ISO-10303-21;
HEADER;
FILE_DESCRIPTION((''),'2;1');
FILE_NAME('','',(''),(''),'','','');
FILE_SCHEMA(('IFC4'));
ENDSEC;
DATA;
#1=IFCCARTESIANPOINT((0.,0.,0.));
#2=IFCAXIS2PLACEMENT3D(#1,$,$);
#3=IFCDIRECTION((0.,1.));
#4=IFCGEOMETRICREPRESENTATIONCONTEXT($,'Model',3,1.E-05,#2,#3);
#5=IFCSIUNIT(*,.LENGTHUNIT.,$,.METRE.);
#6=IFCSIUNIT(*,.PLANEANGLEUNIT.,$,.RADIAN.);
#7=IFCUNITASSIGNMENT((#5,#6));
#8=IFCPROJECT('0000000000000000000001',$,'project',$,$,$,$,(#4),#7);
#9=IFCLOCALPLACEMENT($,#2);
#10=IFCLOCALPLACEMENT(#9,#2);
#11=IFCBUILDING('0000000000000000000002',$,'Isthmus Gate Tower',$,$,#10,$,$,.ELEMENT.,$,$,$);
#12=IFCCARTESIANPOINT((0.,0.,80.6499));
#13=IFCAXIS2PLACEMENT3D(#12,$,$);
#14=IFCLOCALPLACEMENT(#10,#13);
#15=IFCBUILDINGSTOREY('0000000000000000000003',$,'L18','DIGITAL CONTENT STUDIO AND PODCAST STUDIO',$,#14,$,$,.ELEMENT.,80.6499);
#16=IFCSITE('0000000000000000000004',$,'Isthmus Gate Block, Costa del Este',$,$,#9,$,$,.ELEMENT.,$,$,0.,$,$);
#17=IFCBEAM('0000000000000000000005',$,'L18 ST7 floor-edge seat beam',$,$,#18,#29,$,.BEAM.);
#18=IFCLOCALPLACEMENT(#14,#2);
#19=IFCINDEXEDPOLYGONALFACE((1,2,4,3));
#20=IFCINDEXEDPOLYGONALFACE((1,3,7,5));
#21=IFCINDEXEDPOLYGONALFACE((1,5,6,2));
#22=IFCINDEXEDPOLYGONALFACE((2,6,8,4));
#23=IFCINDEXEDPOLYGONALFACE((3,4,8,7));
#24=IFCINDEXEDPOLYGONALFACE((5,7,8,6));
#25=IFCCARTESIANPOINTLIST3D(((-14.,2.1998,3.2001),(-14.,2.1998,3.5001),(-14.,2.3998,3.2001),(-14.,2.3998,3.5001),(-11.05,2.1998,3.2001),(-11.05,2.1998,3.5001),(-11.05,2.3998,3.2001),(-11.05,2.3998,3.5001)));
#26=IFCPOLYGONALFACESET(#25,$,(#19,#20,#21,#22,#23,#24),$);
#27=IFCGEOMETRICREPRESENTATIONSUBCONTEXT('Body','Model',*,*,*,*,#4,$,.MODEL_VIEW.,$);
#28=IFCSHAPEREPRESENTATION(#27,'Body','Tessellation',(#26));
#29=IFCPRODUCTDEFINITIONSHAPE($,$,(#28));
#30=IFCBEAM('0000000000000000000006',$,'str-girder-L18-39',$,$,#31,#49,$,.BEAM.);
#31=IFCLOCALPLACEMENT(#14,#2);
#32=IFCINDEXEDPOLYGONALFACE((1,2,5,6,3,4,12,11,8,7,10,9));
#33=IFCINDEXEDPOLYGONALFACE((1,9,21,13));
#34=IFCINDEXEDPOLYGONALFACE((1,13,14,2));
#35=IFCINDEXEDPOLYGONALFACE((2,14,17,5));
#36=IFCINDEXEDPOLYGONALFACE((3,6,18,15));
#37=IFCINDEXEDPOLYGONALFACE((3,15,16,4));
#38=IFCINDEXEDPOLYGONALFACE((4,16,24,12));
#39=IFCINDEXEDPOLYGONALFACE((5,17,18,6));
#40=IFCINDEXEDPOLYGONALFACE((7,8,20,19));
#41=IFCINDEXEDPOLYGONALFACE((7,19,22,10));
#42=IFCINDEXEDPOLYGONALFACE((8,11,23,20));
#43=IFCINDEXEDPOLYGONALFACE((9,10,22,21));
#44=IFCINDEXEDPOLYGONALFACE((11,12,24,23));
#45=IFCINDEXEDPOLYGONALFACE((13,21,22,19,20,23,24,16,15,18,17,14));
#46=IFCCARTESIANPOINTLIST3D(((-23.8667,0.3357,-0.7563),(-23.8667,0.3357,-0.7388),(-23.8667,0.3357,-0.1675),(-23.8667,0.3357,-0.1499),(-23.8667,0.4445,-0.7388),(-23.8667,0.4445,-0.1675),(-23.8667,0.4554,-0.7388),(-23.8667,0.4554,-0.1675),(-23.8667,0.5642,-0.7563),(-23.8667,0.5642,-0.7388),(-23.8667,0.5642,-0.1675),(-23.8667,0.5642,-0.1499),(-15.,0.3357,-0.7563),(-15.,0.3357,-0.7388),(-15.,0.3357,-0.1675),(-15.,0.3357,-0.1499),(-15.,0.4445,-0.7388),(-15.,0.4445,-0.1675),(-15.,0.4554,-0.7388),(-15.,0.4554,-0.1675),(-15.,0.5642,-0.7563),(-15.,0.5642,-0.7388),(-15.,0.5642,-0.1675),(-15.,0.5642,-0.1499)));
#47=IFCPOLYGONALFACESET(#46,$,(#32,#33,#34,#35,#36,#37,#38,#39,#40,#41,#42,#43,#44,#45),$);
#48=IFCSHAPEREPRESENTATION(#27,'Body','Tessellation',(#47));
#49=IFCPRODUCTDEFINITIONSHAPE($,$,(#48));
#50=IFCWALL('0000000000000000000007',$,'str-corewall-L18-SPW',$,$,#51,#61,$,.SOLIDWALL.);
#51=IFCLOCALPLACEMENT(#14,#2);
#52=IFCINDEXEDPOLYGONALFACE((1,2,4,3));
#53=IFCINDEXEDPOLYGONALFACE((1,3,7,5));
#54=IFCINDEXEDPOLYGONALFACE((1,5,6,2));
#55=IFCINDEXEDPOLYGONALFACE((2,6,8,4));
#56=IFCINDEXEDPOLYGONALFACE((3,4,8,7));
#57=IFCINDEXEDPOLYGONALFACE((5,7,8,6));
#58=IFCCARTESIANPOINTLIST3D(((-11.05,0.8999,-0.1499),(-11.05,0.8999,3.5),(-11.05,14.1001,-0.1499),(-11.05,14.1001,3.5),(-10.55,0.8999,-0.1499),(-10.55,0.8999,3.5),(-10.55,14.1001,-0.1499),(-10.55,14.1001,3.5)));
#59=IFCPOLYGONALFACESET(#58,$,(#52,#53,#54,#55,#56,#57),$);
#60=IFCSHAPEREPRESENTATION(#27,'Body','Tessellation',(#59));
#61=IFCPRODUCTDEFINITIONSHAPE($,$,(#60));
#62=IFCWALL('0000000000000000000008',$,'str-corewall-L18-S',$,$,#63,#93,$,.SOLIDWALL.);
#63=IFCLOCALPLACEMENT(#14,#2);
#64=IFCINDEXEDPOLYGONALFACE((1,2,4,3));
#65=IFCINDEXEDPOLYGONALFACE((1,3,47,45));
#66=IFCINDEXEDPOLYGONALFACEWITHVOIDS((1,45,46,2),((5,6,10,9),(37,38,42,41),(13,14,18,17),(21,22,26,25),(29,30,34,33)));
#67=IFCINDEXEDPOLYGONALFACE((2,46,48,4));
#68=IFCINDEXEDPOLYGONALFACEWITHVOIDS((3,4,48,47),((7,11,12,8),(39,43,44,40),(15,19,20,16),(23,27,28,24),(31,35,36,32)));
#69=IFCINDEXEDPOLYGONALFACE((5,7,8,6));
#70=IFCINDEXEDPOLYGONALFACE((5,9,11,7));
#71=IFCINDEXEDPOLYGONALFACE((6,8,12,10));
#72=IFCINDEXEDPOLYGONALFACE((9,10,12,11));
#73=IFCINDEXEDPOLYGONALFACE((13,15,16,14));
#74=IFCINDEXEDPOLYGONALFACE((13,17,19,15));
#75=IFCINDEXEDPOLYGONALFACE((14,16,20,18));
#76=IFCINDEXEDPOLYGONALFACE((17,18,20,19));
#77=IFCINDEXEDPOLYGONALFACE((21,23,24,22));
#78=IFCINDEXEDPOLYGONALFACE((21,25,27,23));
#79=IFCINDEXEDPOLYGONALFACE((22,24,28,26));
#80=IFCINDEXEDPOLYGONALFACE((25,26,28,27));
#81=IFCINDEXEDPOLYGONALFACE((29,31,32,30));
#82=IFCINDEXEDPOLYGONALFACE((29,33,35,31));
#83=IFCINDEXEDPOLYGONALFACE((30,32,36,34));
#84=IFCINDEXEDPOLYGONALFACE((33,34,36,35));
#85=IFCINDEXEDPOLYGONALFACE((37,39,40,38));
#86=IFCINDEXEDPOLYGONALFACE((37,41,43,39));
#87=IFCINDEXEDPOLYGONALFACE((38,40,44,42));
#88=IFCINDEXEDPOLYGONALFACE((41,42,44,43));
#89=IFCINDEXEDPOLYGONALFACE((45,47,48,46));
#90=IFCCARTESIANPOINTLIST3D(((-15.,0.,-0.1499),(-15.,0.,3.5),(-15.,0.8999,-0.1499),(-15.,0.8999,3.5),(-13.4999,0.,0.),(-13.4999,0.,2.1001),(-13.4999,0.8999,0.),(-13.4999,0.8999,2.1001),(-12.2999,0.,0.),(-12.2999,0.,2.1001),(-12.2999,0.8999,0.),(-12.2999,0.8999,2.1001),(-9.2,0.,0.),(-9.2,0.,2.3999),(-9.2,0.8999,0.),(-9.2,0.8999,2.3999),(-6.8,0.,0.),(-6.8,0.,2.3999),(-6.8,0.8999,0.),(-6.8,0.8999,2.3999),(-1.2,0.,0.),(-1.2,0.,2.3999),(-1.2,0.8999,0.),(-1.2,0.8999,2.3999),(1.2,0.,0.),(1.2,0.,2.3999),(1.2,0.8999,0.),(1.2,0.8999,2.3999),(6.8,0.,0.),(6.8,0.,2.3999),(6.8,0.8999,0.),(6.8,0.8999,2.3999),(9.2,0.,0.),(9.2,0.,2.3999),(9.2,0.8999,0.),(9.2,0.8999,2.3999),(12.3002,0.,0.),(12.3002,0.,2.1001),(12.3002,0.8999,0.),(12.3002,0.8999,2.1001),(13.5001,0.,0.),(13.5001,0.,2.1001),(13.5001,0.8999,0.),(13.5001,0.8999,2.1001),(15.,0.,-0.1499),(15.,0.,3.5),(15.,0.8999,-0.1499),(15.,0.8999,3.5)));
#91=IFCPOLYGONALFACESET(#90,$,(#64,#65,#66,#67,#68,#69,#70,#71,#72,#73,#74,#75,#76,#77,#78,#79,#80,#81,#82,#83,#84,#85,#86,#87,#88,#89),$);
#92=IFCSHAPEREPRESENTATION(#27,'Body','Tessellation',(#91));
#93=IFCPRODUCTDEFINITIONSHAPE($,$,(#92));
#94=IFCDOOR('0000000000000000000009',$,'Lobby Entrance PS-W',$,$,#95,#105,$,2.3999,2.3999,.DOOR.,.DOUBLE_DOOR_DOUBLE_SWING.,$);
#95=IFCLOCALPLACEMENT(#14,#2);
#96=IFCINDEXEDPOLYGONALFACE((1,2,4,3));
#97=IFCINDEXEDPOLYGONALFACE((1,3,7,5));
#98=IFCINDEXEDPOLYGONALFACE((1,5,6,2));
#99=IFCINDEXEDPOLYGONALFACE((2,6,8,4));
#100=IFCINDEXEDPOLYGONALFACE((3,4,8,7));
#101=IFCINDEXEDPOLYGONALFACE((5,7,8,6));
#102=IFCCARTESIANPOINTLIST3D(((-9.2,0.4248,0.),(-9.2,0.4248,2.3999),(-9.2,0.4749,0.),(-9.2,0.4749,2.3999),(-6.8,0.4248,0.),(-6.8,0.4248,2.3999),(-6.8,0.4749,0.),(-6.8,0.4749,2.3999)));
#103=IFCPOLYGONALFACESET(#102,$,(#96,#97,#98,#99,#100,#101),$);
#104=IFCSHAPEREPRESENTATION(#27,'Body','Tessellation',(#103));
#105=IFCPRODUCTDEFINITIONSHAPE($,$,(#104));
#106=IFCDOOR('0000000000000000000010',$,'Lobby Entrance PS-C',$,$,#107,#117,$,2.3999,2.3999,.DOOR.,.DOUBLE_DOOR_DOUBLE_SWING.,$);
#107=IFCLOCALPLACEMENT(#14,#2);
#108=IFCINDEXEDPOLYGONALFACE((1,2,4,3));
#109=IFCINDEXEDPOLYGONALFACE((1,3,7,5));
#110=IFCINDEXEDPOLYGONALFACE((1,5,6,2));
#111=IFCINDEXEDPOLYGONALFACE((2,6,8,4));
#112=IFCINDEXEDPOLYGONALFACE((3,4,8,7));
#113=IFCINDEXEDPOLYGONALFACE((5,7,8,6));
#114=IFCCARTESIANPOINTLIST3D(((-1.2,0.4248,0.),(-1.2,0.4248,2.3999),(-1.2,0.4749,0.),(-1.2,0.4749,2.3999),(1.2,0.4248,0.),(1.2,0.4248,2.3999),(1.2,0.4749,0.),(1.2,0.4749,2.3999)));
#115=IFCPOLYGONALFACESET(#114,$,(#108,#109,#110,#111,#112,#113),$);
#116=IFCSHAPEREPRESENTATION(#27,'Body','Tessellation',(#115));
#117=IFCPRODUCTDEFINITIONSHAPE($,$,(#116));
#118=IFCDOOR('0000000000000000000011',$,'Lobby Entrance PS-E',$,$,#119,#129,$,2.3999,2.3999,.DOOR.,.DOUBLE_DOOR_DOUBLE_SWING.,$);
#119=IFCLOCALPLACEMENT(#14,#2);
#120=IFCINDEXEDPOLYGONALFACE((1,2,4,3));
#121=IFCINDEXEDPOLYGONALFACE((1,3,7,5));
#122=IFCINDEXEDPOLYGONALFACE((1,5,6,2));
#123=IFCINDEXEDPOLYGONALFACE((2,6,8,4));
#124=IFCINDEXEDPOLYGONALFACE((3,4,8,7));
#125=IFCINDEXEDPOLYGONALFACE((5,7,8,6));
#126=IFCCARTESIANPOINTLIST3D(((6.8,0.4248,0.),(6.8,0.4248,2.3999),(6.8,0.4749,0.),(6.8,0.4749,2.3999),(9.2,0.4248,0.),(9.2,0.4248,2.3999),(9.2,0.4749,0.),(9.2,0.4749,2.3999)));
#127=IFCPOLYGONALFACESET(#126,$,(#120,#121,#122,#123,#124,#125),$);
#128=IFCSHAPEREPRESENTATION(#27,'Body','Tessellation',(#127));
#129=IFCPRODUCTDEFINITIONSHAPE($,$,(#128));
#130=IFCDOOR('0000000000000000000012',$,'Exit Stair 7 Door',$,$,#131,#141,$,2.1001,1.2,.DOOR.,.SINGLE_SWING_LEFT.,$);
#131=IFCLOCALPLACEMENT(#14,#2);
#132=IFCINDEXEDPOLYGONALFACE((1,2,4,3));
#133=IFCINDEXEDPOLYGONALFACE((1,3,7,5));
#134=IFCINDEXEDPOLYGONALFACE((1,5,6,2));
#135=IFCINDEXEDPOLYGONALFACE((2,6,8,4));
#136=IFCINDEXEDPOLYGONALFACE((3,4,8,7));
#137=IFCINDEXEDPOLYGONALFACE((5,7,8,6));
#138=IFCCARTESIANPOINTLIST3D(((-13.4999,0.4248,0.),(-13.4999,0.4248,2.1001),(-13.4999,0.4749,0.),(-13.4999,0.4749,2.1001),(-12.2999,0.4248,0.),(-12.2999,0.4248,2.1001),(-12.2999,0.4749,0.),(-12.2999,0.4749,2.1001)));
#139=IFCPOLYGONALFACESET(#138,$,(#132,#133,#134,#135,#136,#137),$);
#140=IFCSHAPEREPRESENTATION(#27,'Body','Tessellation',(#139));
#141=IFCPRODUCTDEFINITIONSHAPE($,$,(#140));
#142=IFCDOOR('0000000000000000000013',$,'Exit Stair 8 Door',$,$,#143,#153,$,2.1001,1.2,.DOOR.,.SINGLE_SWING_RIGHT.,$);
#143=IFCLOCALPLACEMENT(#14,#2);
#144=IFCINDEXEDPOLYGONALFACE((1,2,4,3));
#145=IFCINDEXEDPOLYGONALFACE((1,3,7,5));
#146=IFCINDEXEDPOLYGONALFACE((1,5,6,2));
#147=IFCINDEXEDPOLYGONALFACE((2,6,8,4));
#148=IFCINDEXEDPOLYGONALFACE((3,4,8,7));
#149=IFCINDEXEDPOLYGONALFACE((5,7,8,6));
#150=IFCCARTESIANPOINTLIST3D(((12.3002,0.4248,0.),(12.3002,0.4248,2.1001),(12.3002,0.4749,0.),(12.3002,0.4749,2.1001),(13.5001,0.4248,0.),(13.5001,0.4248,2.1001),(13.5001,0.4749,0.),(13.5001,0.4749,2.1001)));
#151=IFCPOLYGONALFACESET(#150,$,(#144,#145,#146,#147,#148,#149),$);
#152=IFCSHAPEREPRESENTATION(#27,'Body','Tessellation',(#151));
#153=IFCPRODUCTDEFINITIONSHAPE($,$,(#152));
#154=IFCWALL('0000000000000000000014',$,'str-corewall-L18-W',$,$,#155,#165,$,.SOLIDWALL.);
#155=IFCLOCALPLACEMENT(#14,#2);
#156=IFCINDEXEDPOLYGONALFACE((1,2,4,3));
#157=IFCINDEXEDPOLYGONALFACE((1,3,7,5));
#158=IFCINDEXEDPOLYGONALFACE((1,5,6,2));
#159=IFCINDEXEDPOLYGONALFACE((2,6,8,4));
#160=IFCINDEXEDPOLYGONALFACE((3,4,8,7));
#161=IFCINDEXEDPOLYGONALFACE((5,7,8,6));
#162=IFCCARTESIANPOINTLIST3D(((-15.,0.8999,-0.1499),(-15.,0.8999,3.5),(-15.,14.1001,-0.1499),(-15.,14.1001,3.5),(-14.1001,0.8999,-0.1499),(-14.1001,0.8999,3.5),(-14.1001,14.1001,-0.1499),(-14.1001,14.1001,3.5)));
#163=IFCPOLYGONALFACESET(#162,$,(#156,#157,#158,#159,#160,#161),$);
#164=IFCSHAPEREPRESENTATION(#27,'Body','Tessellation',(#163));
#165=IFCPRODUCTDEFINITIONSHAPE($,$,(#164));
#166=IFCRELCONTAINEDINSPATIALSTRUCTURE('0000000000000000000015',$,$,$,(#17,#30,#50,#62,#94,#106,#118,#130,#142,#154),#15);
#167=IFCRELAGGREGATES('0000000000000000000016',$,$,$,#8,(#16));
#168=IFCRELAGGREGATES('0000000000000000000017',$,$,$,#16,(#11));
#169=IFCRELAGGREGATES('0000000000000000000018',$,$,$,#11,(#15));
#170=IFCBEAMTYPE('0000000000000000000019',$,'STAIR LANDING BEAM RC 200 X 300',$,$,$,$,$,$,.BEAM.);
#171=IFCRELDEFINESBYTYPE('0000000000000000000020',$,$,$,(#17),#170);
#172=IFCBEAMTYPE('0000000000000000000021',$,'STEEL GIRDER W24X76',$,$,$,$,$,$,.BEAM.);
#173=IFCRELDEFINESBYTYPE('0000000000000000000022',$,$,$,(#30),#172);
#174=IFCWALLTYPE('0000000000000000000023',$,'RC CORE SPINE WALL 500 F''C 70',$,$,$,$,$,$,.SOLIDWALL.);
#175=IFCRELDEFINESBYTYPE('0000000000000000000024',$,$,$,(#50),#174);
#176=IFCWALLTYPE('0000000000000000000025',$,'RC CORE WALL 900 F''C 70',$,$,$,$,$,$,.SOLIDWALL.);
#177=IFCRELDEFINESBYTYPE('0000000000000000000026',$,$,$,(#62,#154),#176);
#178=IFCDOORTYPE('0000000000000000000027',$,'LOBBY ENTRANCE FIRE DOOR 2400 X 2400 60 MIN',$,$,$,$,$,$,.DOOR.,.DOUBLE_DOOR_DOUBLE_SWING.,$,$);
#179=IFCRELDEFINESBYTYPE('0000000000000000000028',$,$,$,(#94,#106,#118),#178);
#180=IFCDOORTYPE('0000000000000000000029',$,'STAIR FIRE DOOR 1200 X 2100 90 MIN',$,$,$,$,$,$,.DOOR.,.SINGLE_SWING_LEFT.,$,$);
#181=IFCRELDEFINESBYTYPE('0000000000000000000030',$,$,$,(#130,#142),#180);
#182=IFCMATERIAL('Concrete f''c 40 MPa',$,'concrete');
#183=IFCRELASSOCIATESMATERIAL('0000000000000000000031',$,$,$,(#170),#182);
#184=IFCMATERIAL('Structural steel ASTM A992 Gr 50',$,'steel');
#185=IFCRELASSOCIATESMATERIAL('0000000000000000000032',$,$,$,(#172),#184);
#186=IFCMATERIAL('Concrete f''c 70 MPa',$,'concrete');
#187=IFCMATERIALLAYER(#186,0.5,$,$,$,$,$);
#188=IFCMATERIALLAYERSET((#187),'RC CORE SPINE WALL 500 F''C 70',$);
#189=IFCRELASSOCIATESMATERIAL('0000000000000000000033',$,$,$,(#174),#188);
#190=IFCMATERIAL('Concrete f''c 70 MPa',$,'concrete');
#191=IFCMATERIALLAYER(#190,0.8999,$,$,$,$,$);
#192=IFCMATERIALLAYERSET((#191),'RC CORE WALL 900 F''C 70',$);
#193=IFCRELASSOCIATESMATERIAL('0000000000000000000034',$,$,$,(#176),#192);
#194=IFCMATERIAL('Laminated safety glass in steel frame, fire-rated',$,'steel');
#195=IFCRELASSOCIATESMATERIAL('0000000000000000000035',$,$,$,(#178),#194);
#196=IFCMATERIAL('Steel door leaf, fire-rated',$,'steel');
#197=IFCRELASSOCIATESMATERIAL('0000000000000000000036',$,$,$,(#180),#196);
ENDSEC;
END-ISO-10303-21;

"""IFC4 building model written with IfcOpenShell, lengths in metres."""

from ifc_helpers import new_model, si_unit, direction, frame, frame_2d, origin, origin_2d, place, context, subcontext, project, spatial, rectangle, i_section, extrude, material, layer, layer_set, material_profile, profile_set, type_object, element, fill, save


model = new_model("IFC4")

# Units and contexts
model_context = context("Model", 3, precision=1e-05, world=origin(), true_north=direction((0.0, 1.0)))
body_context = subcontext(model_context, "Body", "Model", "MODEL_VIEW")
ifc_project = project(units=[si_unit("LENGTHUNIT", "METRE"), si_unit("PLANEANGLEUNIT", "RADIAN")], contexts=[model_context])

# Site, building, storey
site_placement = place(None, origin())
site = spatial("IfcSite", under=ifc_project, at=site_placement, Name="Isthmus Gate Block, Costa del Este", CompositionType="ELEMENT", RefElevation=0.0)
building_placement = place(site_placement, origin())
building = spatial("IfcBuilding", under=site, at=building_placement, Name="Isthmus Gate Tower", CompositionType="ELEMENT")
storey_placement = place(building_placement, frame((0.0, 0.0, 80.6499)))
storey = spatial("IfcBuildingStorey", under=building, at=storey_placement, Name="L18", Description="DIGITAL CONTENT STUDIO AND PODCAST STUDIO", CompositionType="ELEMENT", Elevation=80.6499)

# Beams
ifc_material_1 = material(Name="Concrete f'c 40 MPa", Category="concrete")
ifc_material_profile_1 = material_profile(ifc_material_1, rectangle(XDim=0.2, YDim=0.3, at=origin_2d()), Name="STAIR LANDING BEAM RC 200 X 300")
ifc_profile_set_1 = profile_set([ifc_material_profile_1], Name="Concrete f'c 40 MPa")
beam_type_1 = type_object("IfcBeamType", Name="STAIR LANDING BEAM RC 200 X 300", PredefinedType="BEAM", material=ifc_profile_set_1)
beam_1_placement = place(storey_placement, frame((-14.0, 2.2998, 3.3501), z_axis=(1.0, 0.0, 0.0), x_axis=(0.0, 1.0, 0.0)))
element("IfcBeam", 1, at=beam_1_placement, inside=storey, type_object=beam_type_1, Name="L18 ST7 floor-edge seat beam", PredefinedType="BEAM", context=body_context, shape_type="SweptSolid", body=[
    extrude(rectangle(XDim=0.2, YDim=0.3, at=origin_2d()), origin(), (0.0, 0.0, 1.0), 2.95),
])
ifc_material_2 = material(Name="Structural steel ASTM A992 Gr 50", Category="steel")
ifc_material_profile_2 = material_profile(ifc_material_2, i_section(OverallWidth=0.2285, OverallDepth=0.6064, WebThickness=0.011, FlangeThickness=0.0176, at=origin_2d()), Name="W24X76")
ifc_profile_set_2 = profile_set([ifc_material_profile_2], Name="Structural steel ASTM A992 Gr 50")
beam_type_2 = type_object("IfcBeamType", Name="STEEL GIRDER W24X76", PredefinedType="BEAM", material=ifc_profile_set_2)
beam_2_placement = place(storey_placement, frame((-15.0, 0.45, -0.4531), z_axis=(-1.0, 0.0, 0.0), x_axis=(0.0, -1.0, 0.0)))
element("IfcBeam", 2, at=beam_2_placement, inside=storey, type_object=beam_type_2, Name="str-girder-L18-39", PredefinedType="BEAM", context=body_context, shape_type="SweptSolid", body=[
    extrude(i_section(OverallWidth=0.2285, OverallDepth=0.6064, WebThickness=0.011, FlangeThickness=0.0176, at=origin_2d()), origin(), (0.0, 0.0, 1.0), 8.8667),
])

# Wall
ifc_material_3 = material(Name="Concrete f'c 70 MPa", Category="concrete")
ifc_layer_1 = layer(ifc_material_3, 0.5)
ifc_layer_set_1 = layer_set([ifc_layer_1], Name="RC CORE SPINE WALL 500 F'C 70")
wall_type_1 = type_object("IfcWallType", Name="RC CORE SPINE WALL 500 F'C 70", PredefinedType="SOLIDWALL", material=ifc_layer_set_1)
wall_1_placement = place(storey_placement, frame((-10.8, 0.8999, -0.1499), z_axis=(0.0, 0.0, 1.0), x_axis=(0.0, 1.0, 0.0)))
element("IfcWall", 3, at=wall_1_placement, inside=storey, type_object=wall_type_1, Name="str-corewall-L18-SPW", PredefinedType="SOLIDWALL", context=body_context, shape_type="SweptSolid", body=[
    extrude(rectangle(XDim=13.2002, YDim=0.5, at=frame_2d((6.6001, 0.0))), origin(), (0.0, 0.0, 1.0), 3.6499),
])

# Wall, openings, doors
ifc_material_4 = material(Name="Concrete f'c 70 MPa", Category="concrete")
ifc_layer_2 = layer(ifc_material_4, 0.8999)
ifc_layer_set_2 = layer_set([ifc_layer_2], Name="RC CORE WALL 900 F'C 70")
wall_type_2 = type_object("IfcWallType", Name="RC CORE WALL 900 F'C 70", PredefinedType="SOLIDWALL", material=ifc_layer_set_2)
wall_2_placement = place(storey_placement, frame((-15.0, 0.45, -0.1499), z_axis=(0.0, 0.0, 1.0), x_axis=(1.0, 0.0, 0.0)))
wall_2 = element("IfcWall", 4, at=wall_2_placement, inside=storey, type_object=wall_type_2, Name="str-corewall-L18-S", PredefinedType="SOLIDWALL", context=body_context, shape_type="SweptSolid", body=[
    extrude(rectangle(XDim=30.0, YDim=0.8999, at=frame_2d((15.0, 0.0))), origin(), (0.0, 0.0, 1.0), 3.6499),
])
opening_1_placement = place(wall_2_placement, frame((5.8, 0.0, 0.1499)))
opening_1 = element("IfcOpeningElement", 5, at=opening_1_placement, cuts=wall_2, PredefinedType="OPENING", context=body_context, shape_type="SweptSolid", body=[
    extrude(rectangle(XDim=2.3999, YDim=2.3999, at=frame_2d((1.2, 1.2))), frame((0.0, 0.46, 0.0), z_axis=(0.0, -1.0, 0.0), x_axis=(1.0, 0.0, 0.0)), (0.0, 0.0, 1.0), 0.9199),
])
opening_2_placement = place(wall_2_placement, frame((13.8, 0.0, 0.1499)))
opening_2 = element("IfcOpeningElement", 6, at=opening_2_placement, cuts=wall_2, PredefinedType="OPENING", context=body_context, shape_type="SweptSolid", body=[
    extrude(rectangle(XDim=2.3999, YDim=2.3999, at=frame_2d((1.2, 1.2))), frame((0.0, 0.46, 0.0), z_axis=(0.0, -1.0, 0.0), x_axis=(1.0, 0.0, 0.0)), (0.0, 0.0, 1.0), 0.9199),
])
opening_3_placement = place(wall_2_placement, frame((21.8, 0.0, 0.1499)))
opening_3 = element("IfcOpeningElement", 7, at=opening_3_placement, cuts=wall_2, PredefinedType="OPENING", context=body_context, shape_type="SweptSolid", body=[
    extrude(rectangle(XDim=2.3999, YDim=2.3999, at=frame_2d((1.2, 1.2))), frame((0.0, 0.46, 0.0), z_axis=(0.0, -1.0, 0.0), x_axis=(1.0, 0.0, 0.0)), (0.0, 0.0, 1.0), 0.9199),
])
opening_4_placement = place(wall_2_placement, frame((1.5, 0.0, 0.1499)))
opening_4 = element("IfcOpeningElement", 8, at=opening_4_placement, cuts=wall_2, PredefinedType="OPENING", context=body_context, shape_type="SweptSolid", body=[
    extrude(rectangle(XDim=1.2, YDim=2.1001, at=frame_2d((0.6001, 1.05))), frame((0.0, 0.46, 0.0), z_axis=(0.0, -1.0, 0.0), x_axis=(1.0, 0.0, 0.0)), (0.0, 0.0, 1.0), 0.9199),
])
opening_5_placement = place(wall_2_placement, frame((27.3, 0.0, 0.1499)))
opening_5 = element("IfcOpeningElement", 9, at=opening_5_placement, cuts=wall_2, PredefinedType="OPENING", context=body_context, shape_type="SweptSolid", body=[
    extrude(rectangle(XDim=1.2, YDim=2.1001, at=frame_2d((0.6001, 1.05))), frame((0.0, 0.46, 0.0), z_axis=(0.0, -1.0, 0.0), x_axis=(1.0, 0.0, 0.0)), (0.0, 0.0, 1.0), 0.9199),
])
ifc_material_5 = material(Name="Laminated safety glass in steel frame, fire-rated", Category="steel")
door_type_1 = type_object("IfcDoorType", Name="LOBBY ENTRANCE FIRE DOOR 2400 X 2400 60 MIN", OperationType="DOUBLE_DOOR_DOUBLE_SWING", PredefinedType="DOOR", material=ifc_material_5)
door_1_placement = place(opening_1_placement, origin())
door_1 = element("IfcDoor", 10, at=door_1_placement, inside=storey, type_object=door_type_1, Name="Lobby Entrance PS-W", OperationType="DOUBLE_DOOR_DOUBLE_SWING", OverallHeight=2.3999, OverallWidth=2.3999, PredefinedType="DOOR", context=body_context, shape_type="SweptSolid", body=[
    extrude(rectangle(XDim=2.3999, YDim=2.3999, at=frame_2d((1.2, 1.2))), frame((0.0, 0.0249, 0.0), z_axis=(0.0, -1.0, 0.0), x_axis=(1.0, 0.0, 0.0)), (0.0, 0.0, 1.0), 0.05),
])
fill(opening_1, door_1)
door_2_placement = place(opening_2_placement, origin())
door_2 = element("IfcDoor", 11, at=door_2_placement, inside=storey, type_object=door_type_1, Name="Lobby Entrance PS-C", OperationType="DOUBLE_DOOR_DOUBLE_SWING", OverallHeight=2.3999, OverallWidth=2.3999, PredefinedType="DOOR", context=body_context, shape_type="SweptSolid", body=[
    extrude(rectangle(XDim=2.3999, YDim=2.3999, at=frame_2d((1.2, 1.2))), frame((0.0, 0.0249, 0.0), z_axis=(0.0, -1.0, 0.0), x_axis=(1.0, 0.0, 0.0)), (0.0, 0.0, 1.0), 0.05),
])
fill(opening_2, door_2)
door_3_placement = place(opening_3_placement, origin())
door_3 = element("IfcDoor", 12, at=door_3_placement, inside=storey, type_object=door_type_1, Name="Lobby Entrance PS-E", OperationType="DOUBLE_DOOR_DOUBLE_SWING", OverallHeight=2.3999, OverallWidth=2.3999, PredefinedType="DOOR", context=body_context, shape_type="SweptSolid", body=[
    extrude(rectangle(XDim=2.3999, YDim=2.3999, at=frame_2d((1.2, 1.2))), frame((0.0, 0.0249, 0.0), z_axis=(0.0, -1.0, 0.0), x_axis=(1.0, 0.0, 0.0)), (0.0, 0.0, 1.0), 0.05),
])
fill(opening_3, door_3)
ifc_material_6 = material(Name="Steel door leaf, fire-rated", Category="steel")
door_type_2 = type_object("IfcDoorType", Name="STAIR FIRE DOOR 1200 X 2100 90 MIN", OperationType="SINGLE_SWING_LEFT", PredefinedType="DOOR", material=ifc_material_6)
door_4_placement = place(opening_4_placement, origin())
door_4 = element("IfcDoor", 13, at=door_4_placement, inside=storey, type_object=door_type_2, Name="Exit Stair 7 Door", OperationType="SINGLE_SWING_LEFT", OverallHeight=2.1001, OverallWidth=1.2, PredefinedType="DOOR", context=body_context, shape_type="SweptSolid", body=[
    extrude(rectangle(XDim=1.2, YDim=2.1001, at=frame_2d((0.6001, 1.05))), frame((0.0, 0.0249, 0.0), z_axis=(0.0, -1.0, 0.0), x_axis=(1.0, 0.0, 0.0)), (0.0, 0.0, 1.0), 0.05),
])
fill(opening_4, door_4)
door_5_placement = place(opening_5_placement, origin())
door_5 = element("IfcDoor", 14, at=door_5_placement, inside=storey, type_object=door_type_2, Name="Exit Stair 8 Door", OperationType="SINGLE_SWING_RIGHT", OverallHeight=2.1001, OverallWidth=1.2, PredefinedType="DOOR", context=body_context, shape_type="SweptSolid", body=[
    extrude(rectangle(XDim=1.2, YDim=2.1001, at=frame_2d((0.6001, 1.05))), frame((0.0, 0.0249, 0.0), z_axis=(0.0, -1.0, 0.0), x_axis=(1.0, 0.0, 0.0)), (0.0, 0.0, 1.0), 0.05),
])
fill(opening_5, door_5)

# Wall
wall_3_placement = place(storey_placement, frame((-14.55, 0.8999, -0.1499), z_axis=(0.0, 0.0, 1.0), x_axis=(0.0, 1.0, 0.0)))
element("IfcWall", 15, at=wall_3_placement, inside=storey, type_object=wall_type_2, Name="str-corewall-L18-W", PredefinedType="SOLIDWALL", context=body_context, shape_type="SweptSolid", body=[
    extrude(rectangle(XDim=13.2002, YDim=0.8999, at=frame_2d((6.6001, 0.0))), origin(), (0.0, 0.0, 1.0), 3.6499),
])

save(model, "model.ifc")
